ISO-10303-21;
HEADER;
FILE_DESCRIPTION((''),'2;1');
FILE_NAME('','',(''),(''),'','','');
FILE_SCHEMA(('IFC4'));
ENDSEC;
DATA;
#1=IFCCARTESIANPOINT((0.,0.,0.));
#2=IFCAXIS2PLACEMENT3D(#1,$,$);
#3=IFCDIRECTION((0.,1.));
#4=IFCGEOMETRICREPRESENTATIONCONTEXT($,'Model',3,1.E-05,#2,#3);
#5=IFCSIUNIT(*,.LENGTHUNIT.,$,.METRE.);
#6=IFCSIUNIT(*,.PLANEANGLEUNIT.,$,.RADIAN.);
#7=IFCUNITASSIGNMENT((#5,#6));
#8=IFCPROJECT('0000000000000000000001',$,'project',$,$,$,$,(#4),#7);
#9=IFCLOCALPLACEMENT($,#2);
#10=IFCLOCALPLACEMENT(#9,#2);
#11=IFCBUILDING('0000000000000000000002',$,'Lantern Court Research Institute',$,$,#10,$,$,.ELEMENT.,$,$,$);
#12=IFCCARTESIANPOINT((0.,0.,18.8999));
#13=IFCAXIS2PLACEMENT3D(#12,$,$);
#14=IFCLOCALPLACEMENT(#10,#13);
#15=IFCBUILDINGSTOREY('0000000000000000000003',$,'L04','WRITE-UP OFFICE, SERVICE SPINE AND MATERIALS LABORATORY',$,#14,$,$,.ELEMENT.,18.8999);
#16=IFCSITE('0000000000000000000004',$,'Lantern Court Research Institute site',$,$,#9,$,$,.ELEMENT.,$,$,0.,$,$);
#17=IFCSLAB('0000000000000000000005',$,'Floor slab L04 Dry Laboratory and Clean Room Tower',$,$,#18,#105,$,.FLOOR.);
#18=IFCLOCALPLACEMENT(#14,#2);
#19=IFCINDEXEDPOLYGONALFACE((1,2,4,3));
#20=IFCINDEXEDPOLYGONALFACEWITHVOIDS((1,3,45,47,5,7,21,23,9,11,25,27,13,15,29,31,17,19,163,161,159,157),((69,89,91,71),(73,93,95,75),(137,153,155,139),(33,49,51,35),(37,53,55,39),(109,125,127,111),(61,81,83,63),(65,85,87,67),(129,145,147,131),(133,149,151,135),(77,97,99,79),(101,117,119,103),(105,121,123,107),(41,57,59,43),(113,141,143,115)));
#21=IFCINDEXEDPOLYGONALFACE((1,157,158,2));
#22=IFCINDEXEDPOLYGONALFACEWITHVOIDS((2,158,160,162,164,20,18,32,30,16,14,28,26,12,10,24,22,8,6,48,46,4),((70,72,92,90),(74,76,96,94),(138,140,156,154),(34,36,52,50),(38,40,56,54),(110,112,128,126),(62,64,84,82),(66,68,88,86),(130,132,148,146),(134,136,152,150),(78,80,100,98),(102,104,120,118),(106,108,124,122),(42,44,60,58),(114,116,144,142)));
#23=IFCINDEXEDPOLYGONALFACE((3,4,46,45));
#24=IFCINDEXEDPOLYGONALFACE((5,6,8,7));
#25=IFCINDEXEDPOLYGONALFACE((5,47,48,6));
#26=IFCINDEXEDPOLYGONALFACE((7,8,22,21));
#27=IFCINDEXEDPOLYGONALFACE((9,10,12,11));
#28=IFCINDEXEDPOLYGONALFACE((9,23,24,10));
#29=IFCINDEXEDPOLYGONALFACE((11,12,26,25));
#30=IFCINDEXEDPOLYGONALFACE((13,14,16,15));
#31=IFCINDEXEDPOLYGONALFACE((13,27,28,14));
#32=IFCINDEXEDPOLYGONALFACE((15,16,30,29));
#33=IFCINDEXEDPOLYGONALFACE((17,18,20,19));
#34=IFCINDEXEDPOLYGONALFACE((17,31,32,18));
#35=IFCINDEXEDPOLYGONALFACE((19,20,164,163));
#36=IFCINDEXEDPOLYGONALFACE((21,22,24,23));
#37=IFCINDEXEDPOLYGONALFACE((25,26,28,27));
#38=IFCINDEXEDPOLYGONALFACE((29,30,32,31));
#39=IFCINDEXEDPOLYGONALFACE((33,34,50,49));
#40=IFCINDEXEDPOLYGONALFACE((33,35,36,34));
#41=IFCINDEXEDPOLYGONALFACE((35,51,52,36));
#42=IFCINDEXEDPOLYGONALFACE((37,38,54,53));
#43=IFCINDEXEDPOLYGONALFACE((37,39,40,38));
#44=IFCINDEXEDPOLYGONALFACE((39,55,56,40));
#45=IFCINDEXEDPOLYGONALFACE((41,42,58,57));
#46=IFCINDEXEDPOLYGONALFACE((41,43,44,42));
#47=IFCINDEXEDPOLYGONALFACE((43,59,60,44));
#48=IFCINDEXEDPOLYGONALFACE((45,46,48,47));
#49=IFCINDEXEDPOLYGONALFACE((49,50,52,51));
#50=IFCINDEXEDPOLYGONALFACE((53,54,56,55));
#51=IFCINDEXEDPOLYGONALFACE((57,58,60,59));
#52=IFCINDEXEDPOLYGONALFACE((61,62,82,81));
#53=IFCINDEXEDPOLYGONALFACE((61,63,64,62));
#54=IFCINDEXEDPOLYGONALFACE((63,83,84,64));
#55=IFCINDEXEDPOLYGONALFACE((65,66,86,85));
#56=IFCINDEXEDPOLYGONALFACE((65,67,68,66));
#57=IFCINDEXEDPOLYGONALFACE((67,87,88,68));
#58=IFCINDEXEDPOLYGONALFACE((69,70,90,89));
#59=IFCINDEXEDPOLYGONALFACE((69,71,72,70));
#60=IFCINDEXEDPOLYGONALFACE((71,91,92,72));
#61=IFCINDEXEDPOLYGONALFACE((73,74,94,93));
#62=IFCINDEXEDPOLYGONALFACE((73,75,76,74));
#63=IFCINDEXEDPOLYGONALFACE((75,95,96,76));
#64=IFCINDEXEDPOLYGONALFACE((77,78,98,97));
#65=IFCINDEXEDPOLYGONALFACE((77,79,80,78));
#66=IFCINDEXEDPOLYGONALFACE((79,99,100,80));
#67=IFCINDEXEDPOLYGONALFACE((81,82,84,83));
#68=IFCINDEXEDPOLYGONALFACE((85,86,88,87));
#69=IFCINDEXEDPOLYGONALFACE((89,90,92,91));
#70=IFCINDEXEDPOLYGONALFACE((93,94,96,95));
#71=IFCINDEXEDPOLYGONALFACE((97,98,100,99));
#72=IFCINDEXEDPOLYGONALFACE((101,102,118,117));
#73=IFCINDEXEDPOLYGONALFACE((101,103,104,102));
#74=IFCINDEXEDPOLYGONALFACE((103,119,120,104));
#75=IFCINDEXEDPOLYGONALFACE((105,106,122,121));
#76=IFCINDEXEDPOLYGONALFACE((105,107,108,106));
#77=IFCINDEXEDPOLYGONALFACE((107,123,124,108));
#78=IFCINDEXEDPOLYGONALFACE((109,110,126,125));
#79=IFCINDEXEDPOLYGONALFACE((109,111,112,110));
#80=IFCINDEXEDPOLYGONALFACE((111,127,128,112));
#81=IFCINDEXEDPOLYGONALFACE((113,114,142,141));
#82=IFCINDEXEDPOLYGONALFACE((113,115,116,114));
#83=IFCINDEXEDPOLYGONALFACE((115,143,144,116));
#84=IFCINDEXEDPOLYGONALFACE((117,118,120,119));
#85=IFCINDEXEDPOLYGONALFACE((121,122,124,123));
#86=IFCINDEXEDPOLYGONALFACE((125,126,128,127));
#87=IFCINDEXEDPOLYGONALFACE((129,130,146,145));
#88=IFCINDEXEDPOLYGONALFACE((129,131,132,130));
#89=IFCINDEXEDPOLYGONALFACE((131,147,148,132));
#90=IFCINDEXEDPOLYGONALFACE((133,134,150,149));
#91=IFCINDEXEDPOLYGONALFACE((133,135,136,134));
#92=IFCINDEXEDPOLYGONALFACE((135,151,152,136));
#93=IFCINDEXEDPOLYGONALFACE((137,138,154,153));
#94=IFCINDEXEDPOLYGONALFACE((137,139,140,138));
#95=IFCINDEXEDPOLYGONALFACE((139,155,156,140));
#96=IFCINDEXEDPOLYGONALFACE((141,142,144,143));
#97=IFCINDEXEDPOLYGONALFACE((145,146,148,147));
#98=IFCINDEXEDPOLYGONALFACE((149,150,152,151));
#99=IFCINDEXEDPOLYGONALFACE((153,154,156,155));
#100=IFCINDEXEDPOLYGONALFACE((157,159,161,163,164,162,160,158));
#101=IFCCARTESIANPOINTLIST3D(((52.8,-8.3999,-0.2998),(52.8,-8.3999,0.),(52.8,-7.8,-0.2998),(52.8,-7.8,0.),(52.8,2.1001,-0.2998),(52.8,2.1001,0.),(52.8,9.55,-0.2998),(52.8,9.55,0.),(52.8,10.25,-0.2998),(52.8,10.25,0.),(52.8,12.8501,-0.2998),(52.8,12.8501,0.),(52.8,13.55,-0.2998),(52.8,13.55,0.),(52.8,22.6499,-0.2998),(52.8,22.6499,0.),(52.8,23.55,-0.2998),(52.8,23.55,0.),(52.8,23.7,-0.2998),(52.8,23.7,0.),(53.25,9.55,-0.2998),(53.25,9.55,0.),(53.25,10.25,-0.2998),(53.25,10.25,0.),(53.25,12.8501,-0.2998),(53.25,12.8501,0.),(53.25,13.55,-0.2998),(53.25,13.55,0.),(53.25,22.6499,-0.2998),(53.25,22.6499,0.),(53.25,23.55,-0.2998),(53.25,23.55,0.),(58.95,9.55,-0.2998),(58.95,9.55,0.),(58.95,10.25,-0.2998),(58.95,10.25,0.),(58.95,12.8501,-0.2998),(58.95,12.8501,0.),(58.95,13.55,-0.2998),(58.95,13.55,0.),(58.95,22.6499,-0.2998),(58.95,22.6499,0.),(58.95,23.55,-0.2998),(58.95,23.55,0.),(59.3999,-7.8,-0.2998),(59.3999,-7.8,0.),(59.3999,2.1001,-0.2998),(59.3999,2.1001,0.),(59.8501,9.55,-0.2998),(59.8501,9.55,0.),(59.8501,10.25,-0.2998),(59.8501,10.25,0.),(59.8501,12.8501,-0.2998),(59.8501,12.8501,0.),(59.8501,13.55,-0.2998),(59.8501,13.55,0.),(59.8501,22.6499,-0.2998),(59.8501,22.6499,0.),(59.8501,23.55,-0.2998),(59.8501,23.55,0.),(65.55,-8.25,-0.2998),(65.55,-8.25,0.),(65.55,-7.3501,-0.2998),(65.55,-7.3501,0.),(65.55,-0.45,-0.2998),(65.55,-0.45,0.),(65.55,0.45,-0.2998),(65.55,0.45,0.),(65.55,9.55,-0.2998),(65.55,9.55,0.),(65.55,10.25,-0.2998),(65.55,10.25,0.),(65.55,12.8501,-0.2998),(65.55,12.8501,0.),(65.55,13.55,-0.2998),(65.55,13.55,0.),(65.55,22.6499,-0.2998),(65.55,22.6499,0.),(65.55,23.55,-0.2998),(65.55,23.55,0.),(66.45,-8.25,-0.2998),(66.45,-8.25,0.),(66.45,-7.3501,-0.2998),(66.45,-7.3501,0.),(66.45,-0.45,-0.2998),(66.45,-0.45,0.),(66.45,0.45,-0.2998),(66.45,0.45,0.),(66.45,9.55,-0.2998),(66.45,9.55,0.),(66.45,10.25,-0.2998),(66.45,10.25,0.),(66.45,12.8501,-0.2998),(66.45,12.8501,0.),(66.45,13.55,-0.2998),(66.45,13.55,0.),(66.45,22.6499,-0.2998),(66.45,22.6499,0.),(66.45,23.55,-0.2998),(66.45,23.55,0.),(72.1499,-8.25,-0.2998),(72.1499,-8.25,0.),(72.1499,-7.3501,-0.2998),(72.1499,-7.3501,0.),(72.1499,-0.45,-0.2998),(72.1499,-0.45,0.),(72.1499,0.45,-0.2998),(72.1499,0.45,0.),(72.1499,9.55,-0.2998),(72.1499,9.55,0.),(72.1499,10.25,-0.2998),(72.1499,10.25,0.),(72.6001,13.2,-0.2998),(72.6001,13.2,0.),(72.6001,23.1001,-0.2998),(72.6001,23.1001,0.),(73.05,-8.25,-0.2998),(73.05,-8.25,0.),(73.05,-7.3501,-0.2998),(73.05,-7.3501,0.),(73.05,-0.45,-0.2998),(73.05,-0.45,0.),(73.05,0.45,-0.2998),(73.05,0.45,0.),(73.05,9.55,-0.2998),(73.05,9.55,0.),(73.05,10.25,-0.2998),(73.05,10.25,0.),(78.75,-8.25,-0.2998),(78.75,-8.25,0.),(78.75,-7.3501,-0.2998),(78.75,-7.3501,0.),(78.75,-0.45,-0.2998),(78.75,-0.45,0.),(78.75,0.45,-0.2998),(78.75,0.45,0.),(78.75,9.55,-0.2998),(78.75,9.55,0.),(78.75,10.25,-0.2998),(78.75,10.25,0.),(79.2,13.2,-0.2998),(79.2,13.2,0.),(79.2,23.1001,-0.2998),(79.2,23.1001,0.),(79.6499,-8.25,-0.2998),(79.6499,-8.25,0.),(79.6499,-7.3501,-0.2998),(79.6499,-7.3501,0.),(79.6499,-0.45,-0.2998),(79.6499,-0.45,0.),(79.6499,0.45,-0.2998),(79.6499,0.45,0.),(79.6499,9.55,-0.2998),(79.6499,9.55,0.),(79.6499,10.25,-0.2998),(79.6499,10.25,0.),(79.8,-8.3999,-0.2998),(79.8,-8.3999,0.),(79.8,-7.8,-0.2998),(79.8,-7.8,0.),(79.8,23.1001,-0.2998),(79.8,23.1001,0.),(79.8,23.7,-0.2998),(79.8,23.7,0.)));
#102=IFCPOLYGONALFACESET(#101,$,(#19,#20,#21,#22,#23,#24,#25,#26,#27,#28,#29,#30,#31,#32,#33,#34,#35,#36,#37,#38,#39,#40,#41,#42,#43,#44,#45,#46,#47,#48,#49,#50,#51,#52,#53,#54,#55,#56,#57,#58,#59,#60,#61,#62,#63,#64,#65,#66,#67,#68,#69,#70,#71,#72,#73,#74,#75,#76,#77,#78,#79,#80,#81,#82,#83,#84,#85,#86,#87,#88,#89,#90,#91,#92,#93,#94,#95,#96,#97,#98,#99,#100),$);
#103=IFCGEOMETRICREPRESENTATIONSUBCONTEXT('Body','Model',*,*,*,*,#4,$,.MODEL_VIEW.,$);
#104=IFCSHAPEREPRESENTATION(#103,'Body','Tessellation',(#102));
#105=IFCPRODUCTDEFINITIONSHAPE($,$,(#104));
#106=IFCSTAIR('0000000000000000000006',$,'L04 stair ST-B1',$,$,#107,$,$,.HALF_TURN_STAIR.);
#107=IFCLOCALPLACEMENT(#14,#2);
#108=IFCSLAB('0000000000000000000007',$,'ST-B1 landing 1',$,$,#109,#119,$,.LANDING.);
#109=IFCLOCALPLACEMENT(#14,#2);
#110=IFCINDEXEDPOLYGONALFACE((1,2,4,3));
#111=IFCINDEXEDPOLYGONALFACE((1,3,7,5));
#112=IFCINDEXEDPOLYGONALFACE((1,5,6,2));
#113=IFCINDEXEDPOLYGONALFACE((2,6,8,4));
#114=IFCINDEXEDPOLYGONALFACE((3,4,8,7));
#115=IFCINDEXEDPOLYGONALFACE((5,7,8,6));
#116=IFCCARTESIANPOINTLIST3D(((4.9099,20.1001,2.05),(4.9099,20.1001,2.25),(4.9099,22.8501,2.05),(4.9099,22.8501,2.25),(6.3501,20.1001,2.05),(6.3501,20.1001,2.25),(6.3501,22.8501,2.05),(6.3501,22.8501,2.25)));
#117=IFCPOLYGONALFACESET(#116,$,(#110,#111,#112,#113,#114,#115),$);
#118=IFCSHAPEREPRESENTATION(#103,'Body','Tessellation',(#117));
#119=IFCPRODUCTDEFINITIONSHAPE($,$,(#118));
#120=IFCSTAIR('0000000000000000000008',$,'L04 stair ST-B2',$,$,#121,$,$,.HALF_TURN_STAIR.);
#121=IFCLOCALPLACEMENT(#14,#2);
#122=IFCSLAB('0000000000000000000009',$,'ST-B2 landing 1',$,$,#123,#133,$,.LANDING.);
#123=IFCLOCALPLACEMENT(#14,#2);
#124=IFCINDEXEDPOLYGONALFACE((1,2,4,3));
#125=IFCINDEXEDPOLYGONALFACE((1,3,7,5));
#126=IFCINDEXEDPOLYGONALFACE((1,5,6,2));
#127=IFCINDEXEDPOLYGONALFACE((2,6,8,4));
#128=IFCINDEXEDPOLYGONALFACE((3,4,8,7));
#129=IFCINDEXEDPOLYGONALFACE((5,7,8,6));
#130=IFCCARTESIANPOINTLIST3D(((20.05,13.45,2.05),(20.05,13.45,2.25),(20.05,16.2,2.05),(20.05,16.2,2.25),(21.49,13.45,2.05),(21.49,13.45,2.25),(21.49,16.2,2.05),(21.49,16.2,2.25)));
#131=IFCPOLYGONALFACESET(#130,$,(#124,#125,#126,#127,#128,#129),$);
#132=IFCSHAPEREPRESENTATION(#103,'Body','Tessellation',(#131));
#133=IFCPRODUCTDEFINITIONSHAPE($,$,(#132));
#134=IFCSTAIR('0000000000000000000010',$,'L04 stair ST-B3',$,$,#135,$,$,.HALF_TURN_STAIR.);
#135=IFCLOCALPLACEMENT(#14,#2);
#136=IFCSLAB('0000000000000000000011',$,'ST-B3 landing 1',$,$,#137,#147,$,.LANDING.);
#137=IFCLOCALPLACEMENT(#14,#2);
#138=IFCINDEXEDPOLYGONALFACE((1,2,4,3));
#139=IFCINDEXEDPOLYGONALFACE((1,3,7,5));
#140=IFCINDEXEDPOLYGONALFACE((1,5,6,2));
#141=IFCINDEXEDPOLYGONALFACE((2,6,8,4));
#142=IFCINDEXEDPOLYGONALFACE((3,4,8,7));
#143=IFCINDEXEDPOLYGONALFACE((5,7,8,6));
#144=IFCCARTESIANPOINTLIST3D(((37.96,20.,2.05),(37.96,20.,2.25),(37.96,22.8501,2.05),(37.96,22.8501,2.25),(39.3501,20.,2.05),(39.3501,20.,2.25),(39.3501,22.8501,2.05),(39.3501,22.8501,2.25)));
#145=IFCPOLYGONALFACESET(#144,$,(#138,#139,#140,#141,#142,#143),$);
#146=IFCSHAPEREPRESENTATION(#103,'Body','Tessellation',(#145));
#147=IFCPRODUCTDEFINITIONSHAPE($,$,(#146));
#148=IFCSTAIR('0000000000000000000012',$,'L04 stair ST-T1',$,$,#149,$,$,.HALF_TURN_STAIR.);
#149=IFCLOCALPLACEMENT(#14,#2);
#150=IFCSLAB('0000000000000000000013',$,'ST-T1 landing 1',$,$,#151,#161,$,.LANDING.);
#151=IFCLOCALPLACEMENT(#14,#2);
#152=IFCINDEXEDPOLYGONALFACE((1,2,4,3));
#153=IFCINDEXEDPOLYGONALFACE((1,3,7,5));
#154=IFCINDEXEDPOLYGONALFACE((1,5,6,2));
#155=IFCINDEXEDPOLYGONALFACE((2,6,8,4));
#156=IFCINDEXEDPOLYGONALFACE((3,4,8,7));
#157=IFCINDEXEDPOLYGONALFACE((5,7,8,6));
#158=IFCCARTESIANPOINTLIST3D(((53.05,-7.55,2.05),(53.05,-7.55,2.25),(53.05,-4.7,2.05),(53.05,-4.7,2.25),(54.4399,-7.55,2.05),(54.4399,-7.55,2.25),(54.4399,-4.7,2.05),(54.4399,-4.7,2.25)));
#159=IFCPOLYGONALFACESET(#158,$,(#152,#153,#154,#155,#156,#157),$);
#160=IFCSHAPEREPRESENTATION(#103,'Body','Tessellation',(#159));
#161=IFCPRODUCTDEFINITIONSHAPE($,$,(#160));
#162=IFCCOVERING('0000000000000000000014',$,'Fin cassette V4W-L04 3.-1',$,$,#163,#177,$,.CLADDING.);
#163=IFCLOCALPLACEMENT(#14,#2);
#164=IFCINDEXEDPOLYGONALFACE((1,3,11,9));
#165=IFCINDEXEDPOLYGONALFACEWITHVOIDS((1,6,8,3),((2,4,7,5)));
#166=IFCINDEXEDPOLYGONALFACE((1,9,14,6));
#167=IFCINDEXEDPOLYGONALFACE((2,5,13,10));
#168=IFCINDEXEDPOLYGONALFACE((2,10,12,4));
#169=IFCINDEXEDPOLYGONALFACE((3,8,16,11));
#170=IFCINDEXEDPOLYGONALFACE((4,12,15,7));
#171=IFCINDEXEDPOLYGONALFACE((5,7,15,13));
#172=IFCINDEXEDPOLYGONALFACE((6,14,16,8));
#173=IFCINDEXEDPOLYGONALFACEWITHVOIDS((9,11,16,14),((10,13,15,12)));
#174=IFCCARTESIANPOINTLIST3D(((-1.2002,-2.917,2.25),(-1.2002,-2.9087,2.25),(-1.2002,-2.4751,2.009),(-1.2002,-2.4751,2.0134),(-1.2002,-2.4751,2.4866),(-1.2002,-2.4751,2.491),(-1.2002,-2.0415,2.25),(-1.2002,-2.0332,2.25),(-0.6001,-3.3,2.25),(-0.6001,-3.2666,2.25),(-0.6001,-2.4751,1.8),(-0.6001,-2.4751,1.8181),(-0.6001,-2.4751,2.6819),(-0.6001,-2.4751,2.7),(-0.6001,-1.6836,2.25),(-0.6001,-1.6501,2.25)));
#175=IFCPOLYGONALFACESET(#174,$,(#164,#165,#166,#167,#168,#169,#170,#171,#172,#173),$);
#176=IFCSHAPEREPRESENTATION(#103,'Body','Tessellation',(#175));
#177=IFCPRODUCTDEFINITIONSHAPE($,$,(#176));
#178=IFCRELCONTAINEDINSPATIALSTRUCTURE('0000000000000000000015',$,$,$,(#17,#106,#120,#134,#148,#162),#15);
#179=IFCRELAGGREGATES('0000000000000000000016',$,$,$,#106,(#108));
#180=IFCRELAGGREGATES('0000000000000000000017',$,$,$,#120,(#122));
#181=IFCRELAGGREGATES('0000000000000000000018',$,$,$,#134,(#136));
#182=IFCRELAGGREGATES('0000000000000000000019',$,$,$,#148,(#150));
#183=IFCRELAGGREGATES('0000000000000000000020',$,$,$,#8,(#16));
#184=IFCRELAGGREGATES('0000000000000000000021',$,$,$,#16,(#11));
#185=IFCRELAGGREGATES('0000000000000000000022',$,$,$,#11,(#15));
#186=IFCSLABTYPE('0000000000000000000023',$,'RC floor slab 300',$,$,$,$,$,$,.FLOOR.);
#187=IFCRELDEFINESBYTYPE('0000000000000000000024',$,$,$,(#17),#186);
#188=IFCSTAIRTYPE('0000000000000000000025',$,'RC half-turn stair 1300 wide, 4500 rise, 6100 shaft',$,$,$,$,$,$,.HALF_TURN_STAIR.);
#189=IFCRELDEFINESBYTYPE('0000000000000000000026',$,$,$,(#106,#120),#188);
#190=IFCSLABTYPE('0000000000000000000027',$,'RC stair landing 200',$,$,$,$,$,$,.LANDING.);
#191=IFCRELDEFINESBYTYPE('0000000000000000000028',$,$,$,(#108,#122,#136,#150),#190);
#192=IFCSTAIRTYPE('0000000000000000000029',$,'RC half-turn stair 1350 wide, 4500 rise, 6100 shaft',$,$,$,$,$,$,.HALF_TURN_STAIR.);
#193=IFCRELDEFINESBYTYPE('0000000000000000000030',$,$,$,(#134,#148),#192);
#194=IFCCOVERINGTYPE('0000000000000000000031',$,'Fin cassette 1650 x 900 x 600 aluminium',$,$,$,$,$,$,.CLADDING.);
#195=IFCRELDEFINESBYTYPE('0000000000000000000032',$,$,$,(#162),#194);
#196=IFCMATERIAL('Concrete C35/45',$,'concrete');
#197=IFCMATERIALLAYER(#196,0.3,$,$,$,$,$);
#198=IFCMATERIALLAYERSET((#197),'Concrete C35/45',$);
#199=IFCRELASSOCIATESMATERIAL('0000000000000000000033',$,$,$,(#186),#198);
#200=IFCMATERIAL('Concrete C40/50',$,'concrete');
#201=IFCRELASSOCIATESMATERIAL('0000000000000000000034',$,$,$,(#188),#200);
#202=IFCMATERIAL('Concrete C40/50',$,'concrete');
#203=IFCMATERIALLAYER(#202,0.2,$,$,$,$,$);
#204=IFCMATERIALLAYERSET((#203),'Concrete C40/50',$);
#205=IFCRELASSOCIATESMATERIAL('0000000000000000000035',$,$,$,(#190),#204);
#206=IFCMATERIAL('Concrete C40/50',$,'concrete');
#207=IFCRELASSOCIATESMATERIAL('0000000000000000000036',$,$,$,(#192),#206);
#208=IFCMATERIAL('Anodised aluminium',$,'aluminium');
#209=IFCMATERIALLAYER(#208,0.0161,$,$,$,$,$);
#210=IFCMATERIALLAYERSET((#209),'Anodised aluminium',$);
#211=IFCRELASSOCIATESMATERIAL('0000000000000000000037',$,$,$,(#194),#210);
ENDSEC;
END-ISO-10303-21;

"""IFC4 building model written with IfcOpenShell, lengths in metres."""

from ifc_helpers import new_model, entity, si_unit, direction, frame, origin, place, context, subcontext, project, spatial, polyline, outline, extrude, material, layer, layer_set, type_object, element, aggregate, save


model = new_model("IFC4")

# Units and contexts
model_context = context("Model", 3, precision=1e-05, world=origin(), true_north=direction((0.0, 1.0)))
body_context = subcontext(model_context, "Body", "Model", "MODEL_VIEW")
ifc_project = project(units=[si_unit("LENGTHUNIT", "METRE"), si_unit("PLANEANGLEUNIT", "RADIAN")], contexts=[model_context])

# Site, building, storey
site_placement = place(None, origin())
site = spatial("IfcSite", under=ifc_project, at=site_placement, Name="Lantern Court Research Institute site", CompositionType="ELEMENT", RefElevation=0.0)
building_placement = place(site_placement, origin())
building = spatial("IfcBuilding", under=site, at=building_placement, Name="Lantern Court Research Institute", CompositionType="ELEMENT")
storey_placement = place(building_placement, frame((0.0, 0.0, 18.8999)))
storey = spatial("IfcBuildingStorey", under=building, at=storey_placement, Name="L04", Description="WRITE-UP OFFICE, SERVICE SPINE AND MATERIALS LABORATORY", CompositionType="ELEMENT", Elevation=18.8999)

# Slab
ifc_material_1 = material(Name="Concrete C35/45", Category="concrete")
ifc_layer_1 = layer(ifc_material_1, 0.3)
ifc_layer_set_1 = layer_set([ifc_layer_1], Name="Concrete C35/45")
slab_type_1 = type_object("IfcSlabType", Name="RC floor slab 300", PredefinedType="FLOOR", material=ifc_layer_set_1)
slab_1_placement = place(storey_placement, frame((0.0, 0.0, -0.2998)))
element("IfcSlab", 1, at=slab_1_placement, inside=storey, type_object=slab_type_1, Name="Floor slab L04 Dry Laboratory and Clean Room Tower", PredefinedType="FLOOR", context=body_context, shape_type="SweptSolid", body=[
    extrude(outline(polyline([(59.3999, -7.8), (52.8, -7.8), (52.8, -8.3999), (79.8, -8.3999), (79.8, -7.8), (79.8, 23.1001), (79.8, 23.7), (52.8, 23.7), (52.8, 23.55), (53.25, 23.55), (53.25, 22.6499), (52.8, 22.6499), (52.8, 13.55), (53.25, 13.55), (53.25, 12.8501), (52.8, 12.8501), (52.8, 10.25), (53.25, 10.25), (53.25, 9.55), (52.8, 9.55), (52.8, 2.1001), (59.3999, 2.1001), (59.3999, -7.8)]), holes=[polyline([(65.55, -7.3501), (66.45, -7.3501), (66.45, -8.25), (65.55, -8.25), (65.55, -7.3501)]), polyline([(58.95, 10.25), (59.8501, 10.25), (59.8501, 9.55), (58.95, 9.55), (58.95, 10.25)]), polyline([(59.8501, 13.55), (59.8501, 12.8501), (58.95, 12.8501), (58.95, 13.55), (59.8501, 13.55)]), polyline([(59.8501, 23.55), (59.8501, 22.6499), (58.95, 22.6499), (58.95, 23.55), (59.8501, 23.55)]), polyline([(73.05, -7.3501), (73.05, -8.25), (72.1499, -8.25), (72.1499, -7.3501), (73.05, -7.3501)]), polyline([(79.6499, -7.3501), (79.6499, -8.25), (78.75, -8.25), (78.75, -7.3501), (79.6499, -7.3501)]), polyline([(65.55, 0.45), (66.45, 0.45), (66.45, -0.45), (65.55, -0.45), (65.55, 0.45)]), polyline([(73.05, 0.45), (73.05, -0.45), (72.1499, -0.45), (72.1499, 0.45), (73.05, 0.45)]), polyline([(79.6499, 0.45), (79.6499, -0.45), (78.75, -0.45), (78.75, 0.45), (79.6499, 0.45)]), polyline([(65.55, 10.25), (66.45, 10.25), (66.45, 9.55), (65.55, 9.55), (65.55, 10.25)]), polyline([(73.05, 10.25), (73.05, 9.55), (72.1499, 9.55), (72.1499, 10.25), (73.05, 10.25)]), polyline([(79.6499, 10.25), (79.6499, 9.55), (78.75, 9.55), (78.75, 10.25), (79.6499, 10.25)]), polyline([(66.45, 13.55), (66.45, 12.8501), (65.55, 12.8501), (65.55, 13.55), (66.45, 13.55)]), polyline([(79.2, 23.1001), (79.2, 13.2), (72.6001, 13.2), (72.6001, 23.1001), (79.2, 23.1001)]), polyline([(66.45, 23.55), (66.45, 22.6499), (65.55, 22.6499), (65.55, 23.55), (66.45, 23.55)])]), origin(), (0.0, 0.0, 1.0), 0.2998),
])

# Stairs, slabs
ifc_material_2 = material(Name="Concrete C40/50", Category="concrete")
stair_type_1 = type_object("IfcStairType", Name="RC half-turn stair 1300 wide, 4500 rise, 6100 shaft", PredefinedType="HALF_TURN_STAIR", material=ifc_material_2)
stair_1_placement = place(storey_placement, origin())
stair_1 = element("IfcStair", 2, at=stair_1_placement, inside=storey, type_object=stair_type_1, Name="L04 stair ST-B1", PredefinedType="HALF_TURN_STAIR")
ifc_material_3 = material(Name="Concrete C40/50", Category="concrete")
ifc_layer_2 = layer(ifc_material_3, 0.2)
ifc_layer_set_2 = layer_set([ifc_layer_2], Name="Concrete C40/50")
slab_type_2 = type_object("IfcSlabType", Name="RC stair landing 200", PredefinedType="LANDING", material=ifc_layer_set_2)
slab_2_placement = place(storey_placement, frame((0.0, 0.0, 2.05)))
slab_2 = element("IfcSlab", 3, at=slab_2_placement, type_object=slab_type_2, Name="ST-B1 landing 1", PredefinedType="LANDING", context=body_context, shape_type="SweptSolid", body=[
    extrude(outline(polyline([(4.9099, 20.1001), (6.3501, 20.1001), (6.3501, 22.8501), (4.9099, 22.8501), (4.9099, 20.1001)])), origin(), (0.0, 0.0, 1.0), 0.2),
])
aggregate(stair_1, [slab_2])
stair_2_placement = place(storey_placement, origin())
stair_2 = element("IfcStair", 4, at=stair_2_placement, inside=storey, type_object=stair_type_1, Name="L04 stair ST-B2", PredefinedType="HALF_TURN_STAIR")
slab_3_placement = place(storey_placement, frame((0.0, 0.0, 2.05)))
slab_3 = element("IfcSlab", 5, at=slab_3_placement, type_object=slab_type_2, Name="ST-B2 landing 1", PredefinedType="LANDING", context=body_context, shape_type="SweptSolid", body=[
    extrude(outline(polyline([(21.49, 16.2), (20.05, 16.2), (20.05, 13.45), (21.49, 13.45), (21.49, 16.2)])), origin(), (0.0, 0.0, 1.0), 0.2),
])
aggregate(stair_2, [slab_3])
ifc_material_4 = material(Name="Concrete C40/50", Category="concrete")
stair_type_2 = type_object("IfcStairType", Name="RC half-turn stair 1350 wide, 4500 rise, 6100 shaft", PredefinedType="HALF_TURN_STAIR", material=ifc_material_4)
stair_3_placement = place(storey_placement, origin())
stair_3 = element("IfcStair", 6, at=stair_3_placement, inside=storey, type_object=stair_type_2, Name="L04 stair ST-B3", PredefinedType="HALF_TURN_STAIR")
slab_4_placement = place(storey_placement, frame((0.0, 0.0, 2.05)))
slab_4 = element("IfcSlab", 7, at=slab_4_placement, type_object=slab_type_2, Name="ST-B3 landing 1", PredefinedType="LANDING", context=body_context, shape_type="SweptSolid", body=[
    extrude(outline(polyline([(37.96, 20.0), (39.3501, 20.0), (39.3501, 22.8501), (37.96, 22.8501), (37.96, 20.0)])), origin(), (0.0, 0.0, 1.0), 0.2),
])
aggregate(stair_3, [slab_4])
stair_4_placement = place(storey_placement, origin())
stair_4 = element("IfcStair", 8, at=stair_4_placement, inside=storey, type_object=stair_type_2, Name="L04 stair ST-T1", PredefinedType="HALF_TURN_STAIR")
slab_5_placement = place(storey_placement, frame((0.0, 0.0, 2.05)))
slab_5 = element("IfcSlab", 9, at=slab_5_placement, type_object=slab_type_2, Name="ST-T1 landing 1", PredefinedType="LANDING", context=body_context, shape_type="SweptSolid", body=[
    extrude(outline(polyline([(54.4399, -4.7), (53.05, -4.7), (53.05, -7.55), (54.4399, -7.55), (54.4399, -4.7)])), origin(), (0.0, 0.0, 1.0), 0.2),
])
aggregate(stair_4, [slab_5])

# Covering
ifc_material_5 = material(Name="Anodised aluminium", Category="aluminium")
ifc_layer_3 = layer(ifc_material_5, 0.0161)
ifc_layer_set_3 = layer_set([ifc_layer_3], Name="Anodised aluminium")
covering_type = type_object("IfcCoveringType", Name="Fin cassette 1650 x 900 x 600 aluminium", PredefinedType="CLADDING", material=ifc_layer_set_3)
covering_1_placement = place(storey_placement, frame((-0.6001, -2.4751, 2.25), z_axis=(-1.0, 0.0, 0.0), x_axis=(0.0, -1.0, 0.0)))
cartesian_point_1 = entity("IfcCartesianPoint", [0.825, 0.0])
cartesian_point_2 = entity("IfcCartesianPoint", [0.7915, 0.0])
cartesian_point_3 = entity("IfcCartesianPoint", [0.4419, 0.0])
cartesian_point_4 = entity("IfcCartesianPoint", [0.4336, 0.0])
element("IfcCovering", 10, at=covering_1_placement, inside=storey, type_object=covering_type, Name="Fin cassette V4W-L04 3.-1", PredefinedType="CLADDING", context=body_context, shape_type="SweptSolid", body=[
    entity("IfcExtrudedAreaSolidTapered", entity("IfcArbitraryProfileDefWithVoids", "AREA", None, entity("IfcPolyline", [cartesian_point_1, entity("IfcCartesianPoint", [0.0, 0.45]), entity("IfcCartesianPoint", [-0.825, 0.0]), entity("IfcCartesianPoint", [0.0, -0.45]), cartesian_point_1]), [entity("IfcPolyline", [cartesian_point_2, entity("IfcCartesianPoint", [0.0, 0.4319]), entity("IfcCartesianPoint", [-0.7915, 0.0]), entity("IfcCartesianPoint", [0.0, -0.4319]), cartesian_point_2])]), entity("IfcAxis2Placement3D", entity("IfcCartesianPoint", [0.0, 0.0, 0.0])), entity("IfcDirection", [0.0, 0.0, 1.0]), 0.6001, entity("IfcArbitraryProfileDefWithVoids", "AREA", None, entity("IfcPolyline", [cartesian_point_3, entity("IfcCartesianPoint", [0.0, 0.241]), entity("IfcCartesianPoint", [-0.4419, 0.0]), entity("IfcCartesianPoint", [0.0, -0.241]), cartesian_point_3]), [entity("IfcPolyline", [cartesian_point_4, entity("IfcCartesianPoint", [0.0, 0.2366]), entity("IfcCartesianPoint", [-0.4336, 0.0]), entity("IfcCartesianPoint", [0.0, -0.2366]), cartesian_point_4])])),
])

save(model, "model.ifc")
